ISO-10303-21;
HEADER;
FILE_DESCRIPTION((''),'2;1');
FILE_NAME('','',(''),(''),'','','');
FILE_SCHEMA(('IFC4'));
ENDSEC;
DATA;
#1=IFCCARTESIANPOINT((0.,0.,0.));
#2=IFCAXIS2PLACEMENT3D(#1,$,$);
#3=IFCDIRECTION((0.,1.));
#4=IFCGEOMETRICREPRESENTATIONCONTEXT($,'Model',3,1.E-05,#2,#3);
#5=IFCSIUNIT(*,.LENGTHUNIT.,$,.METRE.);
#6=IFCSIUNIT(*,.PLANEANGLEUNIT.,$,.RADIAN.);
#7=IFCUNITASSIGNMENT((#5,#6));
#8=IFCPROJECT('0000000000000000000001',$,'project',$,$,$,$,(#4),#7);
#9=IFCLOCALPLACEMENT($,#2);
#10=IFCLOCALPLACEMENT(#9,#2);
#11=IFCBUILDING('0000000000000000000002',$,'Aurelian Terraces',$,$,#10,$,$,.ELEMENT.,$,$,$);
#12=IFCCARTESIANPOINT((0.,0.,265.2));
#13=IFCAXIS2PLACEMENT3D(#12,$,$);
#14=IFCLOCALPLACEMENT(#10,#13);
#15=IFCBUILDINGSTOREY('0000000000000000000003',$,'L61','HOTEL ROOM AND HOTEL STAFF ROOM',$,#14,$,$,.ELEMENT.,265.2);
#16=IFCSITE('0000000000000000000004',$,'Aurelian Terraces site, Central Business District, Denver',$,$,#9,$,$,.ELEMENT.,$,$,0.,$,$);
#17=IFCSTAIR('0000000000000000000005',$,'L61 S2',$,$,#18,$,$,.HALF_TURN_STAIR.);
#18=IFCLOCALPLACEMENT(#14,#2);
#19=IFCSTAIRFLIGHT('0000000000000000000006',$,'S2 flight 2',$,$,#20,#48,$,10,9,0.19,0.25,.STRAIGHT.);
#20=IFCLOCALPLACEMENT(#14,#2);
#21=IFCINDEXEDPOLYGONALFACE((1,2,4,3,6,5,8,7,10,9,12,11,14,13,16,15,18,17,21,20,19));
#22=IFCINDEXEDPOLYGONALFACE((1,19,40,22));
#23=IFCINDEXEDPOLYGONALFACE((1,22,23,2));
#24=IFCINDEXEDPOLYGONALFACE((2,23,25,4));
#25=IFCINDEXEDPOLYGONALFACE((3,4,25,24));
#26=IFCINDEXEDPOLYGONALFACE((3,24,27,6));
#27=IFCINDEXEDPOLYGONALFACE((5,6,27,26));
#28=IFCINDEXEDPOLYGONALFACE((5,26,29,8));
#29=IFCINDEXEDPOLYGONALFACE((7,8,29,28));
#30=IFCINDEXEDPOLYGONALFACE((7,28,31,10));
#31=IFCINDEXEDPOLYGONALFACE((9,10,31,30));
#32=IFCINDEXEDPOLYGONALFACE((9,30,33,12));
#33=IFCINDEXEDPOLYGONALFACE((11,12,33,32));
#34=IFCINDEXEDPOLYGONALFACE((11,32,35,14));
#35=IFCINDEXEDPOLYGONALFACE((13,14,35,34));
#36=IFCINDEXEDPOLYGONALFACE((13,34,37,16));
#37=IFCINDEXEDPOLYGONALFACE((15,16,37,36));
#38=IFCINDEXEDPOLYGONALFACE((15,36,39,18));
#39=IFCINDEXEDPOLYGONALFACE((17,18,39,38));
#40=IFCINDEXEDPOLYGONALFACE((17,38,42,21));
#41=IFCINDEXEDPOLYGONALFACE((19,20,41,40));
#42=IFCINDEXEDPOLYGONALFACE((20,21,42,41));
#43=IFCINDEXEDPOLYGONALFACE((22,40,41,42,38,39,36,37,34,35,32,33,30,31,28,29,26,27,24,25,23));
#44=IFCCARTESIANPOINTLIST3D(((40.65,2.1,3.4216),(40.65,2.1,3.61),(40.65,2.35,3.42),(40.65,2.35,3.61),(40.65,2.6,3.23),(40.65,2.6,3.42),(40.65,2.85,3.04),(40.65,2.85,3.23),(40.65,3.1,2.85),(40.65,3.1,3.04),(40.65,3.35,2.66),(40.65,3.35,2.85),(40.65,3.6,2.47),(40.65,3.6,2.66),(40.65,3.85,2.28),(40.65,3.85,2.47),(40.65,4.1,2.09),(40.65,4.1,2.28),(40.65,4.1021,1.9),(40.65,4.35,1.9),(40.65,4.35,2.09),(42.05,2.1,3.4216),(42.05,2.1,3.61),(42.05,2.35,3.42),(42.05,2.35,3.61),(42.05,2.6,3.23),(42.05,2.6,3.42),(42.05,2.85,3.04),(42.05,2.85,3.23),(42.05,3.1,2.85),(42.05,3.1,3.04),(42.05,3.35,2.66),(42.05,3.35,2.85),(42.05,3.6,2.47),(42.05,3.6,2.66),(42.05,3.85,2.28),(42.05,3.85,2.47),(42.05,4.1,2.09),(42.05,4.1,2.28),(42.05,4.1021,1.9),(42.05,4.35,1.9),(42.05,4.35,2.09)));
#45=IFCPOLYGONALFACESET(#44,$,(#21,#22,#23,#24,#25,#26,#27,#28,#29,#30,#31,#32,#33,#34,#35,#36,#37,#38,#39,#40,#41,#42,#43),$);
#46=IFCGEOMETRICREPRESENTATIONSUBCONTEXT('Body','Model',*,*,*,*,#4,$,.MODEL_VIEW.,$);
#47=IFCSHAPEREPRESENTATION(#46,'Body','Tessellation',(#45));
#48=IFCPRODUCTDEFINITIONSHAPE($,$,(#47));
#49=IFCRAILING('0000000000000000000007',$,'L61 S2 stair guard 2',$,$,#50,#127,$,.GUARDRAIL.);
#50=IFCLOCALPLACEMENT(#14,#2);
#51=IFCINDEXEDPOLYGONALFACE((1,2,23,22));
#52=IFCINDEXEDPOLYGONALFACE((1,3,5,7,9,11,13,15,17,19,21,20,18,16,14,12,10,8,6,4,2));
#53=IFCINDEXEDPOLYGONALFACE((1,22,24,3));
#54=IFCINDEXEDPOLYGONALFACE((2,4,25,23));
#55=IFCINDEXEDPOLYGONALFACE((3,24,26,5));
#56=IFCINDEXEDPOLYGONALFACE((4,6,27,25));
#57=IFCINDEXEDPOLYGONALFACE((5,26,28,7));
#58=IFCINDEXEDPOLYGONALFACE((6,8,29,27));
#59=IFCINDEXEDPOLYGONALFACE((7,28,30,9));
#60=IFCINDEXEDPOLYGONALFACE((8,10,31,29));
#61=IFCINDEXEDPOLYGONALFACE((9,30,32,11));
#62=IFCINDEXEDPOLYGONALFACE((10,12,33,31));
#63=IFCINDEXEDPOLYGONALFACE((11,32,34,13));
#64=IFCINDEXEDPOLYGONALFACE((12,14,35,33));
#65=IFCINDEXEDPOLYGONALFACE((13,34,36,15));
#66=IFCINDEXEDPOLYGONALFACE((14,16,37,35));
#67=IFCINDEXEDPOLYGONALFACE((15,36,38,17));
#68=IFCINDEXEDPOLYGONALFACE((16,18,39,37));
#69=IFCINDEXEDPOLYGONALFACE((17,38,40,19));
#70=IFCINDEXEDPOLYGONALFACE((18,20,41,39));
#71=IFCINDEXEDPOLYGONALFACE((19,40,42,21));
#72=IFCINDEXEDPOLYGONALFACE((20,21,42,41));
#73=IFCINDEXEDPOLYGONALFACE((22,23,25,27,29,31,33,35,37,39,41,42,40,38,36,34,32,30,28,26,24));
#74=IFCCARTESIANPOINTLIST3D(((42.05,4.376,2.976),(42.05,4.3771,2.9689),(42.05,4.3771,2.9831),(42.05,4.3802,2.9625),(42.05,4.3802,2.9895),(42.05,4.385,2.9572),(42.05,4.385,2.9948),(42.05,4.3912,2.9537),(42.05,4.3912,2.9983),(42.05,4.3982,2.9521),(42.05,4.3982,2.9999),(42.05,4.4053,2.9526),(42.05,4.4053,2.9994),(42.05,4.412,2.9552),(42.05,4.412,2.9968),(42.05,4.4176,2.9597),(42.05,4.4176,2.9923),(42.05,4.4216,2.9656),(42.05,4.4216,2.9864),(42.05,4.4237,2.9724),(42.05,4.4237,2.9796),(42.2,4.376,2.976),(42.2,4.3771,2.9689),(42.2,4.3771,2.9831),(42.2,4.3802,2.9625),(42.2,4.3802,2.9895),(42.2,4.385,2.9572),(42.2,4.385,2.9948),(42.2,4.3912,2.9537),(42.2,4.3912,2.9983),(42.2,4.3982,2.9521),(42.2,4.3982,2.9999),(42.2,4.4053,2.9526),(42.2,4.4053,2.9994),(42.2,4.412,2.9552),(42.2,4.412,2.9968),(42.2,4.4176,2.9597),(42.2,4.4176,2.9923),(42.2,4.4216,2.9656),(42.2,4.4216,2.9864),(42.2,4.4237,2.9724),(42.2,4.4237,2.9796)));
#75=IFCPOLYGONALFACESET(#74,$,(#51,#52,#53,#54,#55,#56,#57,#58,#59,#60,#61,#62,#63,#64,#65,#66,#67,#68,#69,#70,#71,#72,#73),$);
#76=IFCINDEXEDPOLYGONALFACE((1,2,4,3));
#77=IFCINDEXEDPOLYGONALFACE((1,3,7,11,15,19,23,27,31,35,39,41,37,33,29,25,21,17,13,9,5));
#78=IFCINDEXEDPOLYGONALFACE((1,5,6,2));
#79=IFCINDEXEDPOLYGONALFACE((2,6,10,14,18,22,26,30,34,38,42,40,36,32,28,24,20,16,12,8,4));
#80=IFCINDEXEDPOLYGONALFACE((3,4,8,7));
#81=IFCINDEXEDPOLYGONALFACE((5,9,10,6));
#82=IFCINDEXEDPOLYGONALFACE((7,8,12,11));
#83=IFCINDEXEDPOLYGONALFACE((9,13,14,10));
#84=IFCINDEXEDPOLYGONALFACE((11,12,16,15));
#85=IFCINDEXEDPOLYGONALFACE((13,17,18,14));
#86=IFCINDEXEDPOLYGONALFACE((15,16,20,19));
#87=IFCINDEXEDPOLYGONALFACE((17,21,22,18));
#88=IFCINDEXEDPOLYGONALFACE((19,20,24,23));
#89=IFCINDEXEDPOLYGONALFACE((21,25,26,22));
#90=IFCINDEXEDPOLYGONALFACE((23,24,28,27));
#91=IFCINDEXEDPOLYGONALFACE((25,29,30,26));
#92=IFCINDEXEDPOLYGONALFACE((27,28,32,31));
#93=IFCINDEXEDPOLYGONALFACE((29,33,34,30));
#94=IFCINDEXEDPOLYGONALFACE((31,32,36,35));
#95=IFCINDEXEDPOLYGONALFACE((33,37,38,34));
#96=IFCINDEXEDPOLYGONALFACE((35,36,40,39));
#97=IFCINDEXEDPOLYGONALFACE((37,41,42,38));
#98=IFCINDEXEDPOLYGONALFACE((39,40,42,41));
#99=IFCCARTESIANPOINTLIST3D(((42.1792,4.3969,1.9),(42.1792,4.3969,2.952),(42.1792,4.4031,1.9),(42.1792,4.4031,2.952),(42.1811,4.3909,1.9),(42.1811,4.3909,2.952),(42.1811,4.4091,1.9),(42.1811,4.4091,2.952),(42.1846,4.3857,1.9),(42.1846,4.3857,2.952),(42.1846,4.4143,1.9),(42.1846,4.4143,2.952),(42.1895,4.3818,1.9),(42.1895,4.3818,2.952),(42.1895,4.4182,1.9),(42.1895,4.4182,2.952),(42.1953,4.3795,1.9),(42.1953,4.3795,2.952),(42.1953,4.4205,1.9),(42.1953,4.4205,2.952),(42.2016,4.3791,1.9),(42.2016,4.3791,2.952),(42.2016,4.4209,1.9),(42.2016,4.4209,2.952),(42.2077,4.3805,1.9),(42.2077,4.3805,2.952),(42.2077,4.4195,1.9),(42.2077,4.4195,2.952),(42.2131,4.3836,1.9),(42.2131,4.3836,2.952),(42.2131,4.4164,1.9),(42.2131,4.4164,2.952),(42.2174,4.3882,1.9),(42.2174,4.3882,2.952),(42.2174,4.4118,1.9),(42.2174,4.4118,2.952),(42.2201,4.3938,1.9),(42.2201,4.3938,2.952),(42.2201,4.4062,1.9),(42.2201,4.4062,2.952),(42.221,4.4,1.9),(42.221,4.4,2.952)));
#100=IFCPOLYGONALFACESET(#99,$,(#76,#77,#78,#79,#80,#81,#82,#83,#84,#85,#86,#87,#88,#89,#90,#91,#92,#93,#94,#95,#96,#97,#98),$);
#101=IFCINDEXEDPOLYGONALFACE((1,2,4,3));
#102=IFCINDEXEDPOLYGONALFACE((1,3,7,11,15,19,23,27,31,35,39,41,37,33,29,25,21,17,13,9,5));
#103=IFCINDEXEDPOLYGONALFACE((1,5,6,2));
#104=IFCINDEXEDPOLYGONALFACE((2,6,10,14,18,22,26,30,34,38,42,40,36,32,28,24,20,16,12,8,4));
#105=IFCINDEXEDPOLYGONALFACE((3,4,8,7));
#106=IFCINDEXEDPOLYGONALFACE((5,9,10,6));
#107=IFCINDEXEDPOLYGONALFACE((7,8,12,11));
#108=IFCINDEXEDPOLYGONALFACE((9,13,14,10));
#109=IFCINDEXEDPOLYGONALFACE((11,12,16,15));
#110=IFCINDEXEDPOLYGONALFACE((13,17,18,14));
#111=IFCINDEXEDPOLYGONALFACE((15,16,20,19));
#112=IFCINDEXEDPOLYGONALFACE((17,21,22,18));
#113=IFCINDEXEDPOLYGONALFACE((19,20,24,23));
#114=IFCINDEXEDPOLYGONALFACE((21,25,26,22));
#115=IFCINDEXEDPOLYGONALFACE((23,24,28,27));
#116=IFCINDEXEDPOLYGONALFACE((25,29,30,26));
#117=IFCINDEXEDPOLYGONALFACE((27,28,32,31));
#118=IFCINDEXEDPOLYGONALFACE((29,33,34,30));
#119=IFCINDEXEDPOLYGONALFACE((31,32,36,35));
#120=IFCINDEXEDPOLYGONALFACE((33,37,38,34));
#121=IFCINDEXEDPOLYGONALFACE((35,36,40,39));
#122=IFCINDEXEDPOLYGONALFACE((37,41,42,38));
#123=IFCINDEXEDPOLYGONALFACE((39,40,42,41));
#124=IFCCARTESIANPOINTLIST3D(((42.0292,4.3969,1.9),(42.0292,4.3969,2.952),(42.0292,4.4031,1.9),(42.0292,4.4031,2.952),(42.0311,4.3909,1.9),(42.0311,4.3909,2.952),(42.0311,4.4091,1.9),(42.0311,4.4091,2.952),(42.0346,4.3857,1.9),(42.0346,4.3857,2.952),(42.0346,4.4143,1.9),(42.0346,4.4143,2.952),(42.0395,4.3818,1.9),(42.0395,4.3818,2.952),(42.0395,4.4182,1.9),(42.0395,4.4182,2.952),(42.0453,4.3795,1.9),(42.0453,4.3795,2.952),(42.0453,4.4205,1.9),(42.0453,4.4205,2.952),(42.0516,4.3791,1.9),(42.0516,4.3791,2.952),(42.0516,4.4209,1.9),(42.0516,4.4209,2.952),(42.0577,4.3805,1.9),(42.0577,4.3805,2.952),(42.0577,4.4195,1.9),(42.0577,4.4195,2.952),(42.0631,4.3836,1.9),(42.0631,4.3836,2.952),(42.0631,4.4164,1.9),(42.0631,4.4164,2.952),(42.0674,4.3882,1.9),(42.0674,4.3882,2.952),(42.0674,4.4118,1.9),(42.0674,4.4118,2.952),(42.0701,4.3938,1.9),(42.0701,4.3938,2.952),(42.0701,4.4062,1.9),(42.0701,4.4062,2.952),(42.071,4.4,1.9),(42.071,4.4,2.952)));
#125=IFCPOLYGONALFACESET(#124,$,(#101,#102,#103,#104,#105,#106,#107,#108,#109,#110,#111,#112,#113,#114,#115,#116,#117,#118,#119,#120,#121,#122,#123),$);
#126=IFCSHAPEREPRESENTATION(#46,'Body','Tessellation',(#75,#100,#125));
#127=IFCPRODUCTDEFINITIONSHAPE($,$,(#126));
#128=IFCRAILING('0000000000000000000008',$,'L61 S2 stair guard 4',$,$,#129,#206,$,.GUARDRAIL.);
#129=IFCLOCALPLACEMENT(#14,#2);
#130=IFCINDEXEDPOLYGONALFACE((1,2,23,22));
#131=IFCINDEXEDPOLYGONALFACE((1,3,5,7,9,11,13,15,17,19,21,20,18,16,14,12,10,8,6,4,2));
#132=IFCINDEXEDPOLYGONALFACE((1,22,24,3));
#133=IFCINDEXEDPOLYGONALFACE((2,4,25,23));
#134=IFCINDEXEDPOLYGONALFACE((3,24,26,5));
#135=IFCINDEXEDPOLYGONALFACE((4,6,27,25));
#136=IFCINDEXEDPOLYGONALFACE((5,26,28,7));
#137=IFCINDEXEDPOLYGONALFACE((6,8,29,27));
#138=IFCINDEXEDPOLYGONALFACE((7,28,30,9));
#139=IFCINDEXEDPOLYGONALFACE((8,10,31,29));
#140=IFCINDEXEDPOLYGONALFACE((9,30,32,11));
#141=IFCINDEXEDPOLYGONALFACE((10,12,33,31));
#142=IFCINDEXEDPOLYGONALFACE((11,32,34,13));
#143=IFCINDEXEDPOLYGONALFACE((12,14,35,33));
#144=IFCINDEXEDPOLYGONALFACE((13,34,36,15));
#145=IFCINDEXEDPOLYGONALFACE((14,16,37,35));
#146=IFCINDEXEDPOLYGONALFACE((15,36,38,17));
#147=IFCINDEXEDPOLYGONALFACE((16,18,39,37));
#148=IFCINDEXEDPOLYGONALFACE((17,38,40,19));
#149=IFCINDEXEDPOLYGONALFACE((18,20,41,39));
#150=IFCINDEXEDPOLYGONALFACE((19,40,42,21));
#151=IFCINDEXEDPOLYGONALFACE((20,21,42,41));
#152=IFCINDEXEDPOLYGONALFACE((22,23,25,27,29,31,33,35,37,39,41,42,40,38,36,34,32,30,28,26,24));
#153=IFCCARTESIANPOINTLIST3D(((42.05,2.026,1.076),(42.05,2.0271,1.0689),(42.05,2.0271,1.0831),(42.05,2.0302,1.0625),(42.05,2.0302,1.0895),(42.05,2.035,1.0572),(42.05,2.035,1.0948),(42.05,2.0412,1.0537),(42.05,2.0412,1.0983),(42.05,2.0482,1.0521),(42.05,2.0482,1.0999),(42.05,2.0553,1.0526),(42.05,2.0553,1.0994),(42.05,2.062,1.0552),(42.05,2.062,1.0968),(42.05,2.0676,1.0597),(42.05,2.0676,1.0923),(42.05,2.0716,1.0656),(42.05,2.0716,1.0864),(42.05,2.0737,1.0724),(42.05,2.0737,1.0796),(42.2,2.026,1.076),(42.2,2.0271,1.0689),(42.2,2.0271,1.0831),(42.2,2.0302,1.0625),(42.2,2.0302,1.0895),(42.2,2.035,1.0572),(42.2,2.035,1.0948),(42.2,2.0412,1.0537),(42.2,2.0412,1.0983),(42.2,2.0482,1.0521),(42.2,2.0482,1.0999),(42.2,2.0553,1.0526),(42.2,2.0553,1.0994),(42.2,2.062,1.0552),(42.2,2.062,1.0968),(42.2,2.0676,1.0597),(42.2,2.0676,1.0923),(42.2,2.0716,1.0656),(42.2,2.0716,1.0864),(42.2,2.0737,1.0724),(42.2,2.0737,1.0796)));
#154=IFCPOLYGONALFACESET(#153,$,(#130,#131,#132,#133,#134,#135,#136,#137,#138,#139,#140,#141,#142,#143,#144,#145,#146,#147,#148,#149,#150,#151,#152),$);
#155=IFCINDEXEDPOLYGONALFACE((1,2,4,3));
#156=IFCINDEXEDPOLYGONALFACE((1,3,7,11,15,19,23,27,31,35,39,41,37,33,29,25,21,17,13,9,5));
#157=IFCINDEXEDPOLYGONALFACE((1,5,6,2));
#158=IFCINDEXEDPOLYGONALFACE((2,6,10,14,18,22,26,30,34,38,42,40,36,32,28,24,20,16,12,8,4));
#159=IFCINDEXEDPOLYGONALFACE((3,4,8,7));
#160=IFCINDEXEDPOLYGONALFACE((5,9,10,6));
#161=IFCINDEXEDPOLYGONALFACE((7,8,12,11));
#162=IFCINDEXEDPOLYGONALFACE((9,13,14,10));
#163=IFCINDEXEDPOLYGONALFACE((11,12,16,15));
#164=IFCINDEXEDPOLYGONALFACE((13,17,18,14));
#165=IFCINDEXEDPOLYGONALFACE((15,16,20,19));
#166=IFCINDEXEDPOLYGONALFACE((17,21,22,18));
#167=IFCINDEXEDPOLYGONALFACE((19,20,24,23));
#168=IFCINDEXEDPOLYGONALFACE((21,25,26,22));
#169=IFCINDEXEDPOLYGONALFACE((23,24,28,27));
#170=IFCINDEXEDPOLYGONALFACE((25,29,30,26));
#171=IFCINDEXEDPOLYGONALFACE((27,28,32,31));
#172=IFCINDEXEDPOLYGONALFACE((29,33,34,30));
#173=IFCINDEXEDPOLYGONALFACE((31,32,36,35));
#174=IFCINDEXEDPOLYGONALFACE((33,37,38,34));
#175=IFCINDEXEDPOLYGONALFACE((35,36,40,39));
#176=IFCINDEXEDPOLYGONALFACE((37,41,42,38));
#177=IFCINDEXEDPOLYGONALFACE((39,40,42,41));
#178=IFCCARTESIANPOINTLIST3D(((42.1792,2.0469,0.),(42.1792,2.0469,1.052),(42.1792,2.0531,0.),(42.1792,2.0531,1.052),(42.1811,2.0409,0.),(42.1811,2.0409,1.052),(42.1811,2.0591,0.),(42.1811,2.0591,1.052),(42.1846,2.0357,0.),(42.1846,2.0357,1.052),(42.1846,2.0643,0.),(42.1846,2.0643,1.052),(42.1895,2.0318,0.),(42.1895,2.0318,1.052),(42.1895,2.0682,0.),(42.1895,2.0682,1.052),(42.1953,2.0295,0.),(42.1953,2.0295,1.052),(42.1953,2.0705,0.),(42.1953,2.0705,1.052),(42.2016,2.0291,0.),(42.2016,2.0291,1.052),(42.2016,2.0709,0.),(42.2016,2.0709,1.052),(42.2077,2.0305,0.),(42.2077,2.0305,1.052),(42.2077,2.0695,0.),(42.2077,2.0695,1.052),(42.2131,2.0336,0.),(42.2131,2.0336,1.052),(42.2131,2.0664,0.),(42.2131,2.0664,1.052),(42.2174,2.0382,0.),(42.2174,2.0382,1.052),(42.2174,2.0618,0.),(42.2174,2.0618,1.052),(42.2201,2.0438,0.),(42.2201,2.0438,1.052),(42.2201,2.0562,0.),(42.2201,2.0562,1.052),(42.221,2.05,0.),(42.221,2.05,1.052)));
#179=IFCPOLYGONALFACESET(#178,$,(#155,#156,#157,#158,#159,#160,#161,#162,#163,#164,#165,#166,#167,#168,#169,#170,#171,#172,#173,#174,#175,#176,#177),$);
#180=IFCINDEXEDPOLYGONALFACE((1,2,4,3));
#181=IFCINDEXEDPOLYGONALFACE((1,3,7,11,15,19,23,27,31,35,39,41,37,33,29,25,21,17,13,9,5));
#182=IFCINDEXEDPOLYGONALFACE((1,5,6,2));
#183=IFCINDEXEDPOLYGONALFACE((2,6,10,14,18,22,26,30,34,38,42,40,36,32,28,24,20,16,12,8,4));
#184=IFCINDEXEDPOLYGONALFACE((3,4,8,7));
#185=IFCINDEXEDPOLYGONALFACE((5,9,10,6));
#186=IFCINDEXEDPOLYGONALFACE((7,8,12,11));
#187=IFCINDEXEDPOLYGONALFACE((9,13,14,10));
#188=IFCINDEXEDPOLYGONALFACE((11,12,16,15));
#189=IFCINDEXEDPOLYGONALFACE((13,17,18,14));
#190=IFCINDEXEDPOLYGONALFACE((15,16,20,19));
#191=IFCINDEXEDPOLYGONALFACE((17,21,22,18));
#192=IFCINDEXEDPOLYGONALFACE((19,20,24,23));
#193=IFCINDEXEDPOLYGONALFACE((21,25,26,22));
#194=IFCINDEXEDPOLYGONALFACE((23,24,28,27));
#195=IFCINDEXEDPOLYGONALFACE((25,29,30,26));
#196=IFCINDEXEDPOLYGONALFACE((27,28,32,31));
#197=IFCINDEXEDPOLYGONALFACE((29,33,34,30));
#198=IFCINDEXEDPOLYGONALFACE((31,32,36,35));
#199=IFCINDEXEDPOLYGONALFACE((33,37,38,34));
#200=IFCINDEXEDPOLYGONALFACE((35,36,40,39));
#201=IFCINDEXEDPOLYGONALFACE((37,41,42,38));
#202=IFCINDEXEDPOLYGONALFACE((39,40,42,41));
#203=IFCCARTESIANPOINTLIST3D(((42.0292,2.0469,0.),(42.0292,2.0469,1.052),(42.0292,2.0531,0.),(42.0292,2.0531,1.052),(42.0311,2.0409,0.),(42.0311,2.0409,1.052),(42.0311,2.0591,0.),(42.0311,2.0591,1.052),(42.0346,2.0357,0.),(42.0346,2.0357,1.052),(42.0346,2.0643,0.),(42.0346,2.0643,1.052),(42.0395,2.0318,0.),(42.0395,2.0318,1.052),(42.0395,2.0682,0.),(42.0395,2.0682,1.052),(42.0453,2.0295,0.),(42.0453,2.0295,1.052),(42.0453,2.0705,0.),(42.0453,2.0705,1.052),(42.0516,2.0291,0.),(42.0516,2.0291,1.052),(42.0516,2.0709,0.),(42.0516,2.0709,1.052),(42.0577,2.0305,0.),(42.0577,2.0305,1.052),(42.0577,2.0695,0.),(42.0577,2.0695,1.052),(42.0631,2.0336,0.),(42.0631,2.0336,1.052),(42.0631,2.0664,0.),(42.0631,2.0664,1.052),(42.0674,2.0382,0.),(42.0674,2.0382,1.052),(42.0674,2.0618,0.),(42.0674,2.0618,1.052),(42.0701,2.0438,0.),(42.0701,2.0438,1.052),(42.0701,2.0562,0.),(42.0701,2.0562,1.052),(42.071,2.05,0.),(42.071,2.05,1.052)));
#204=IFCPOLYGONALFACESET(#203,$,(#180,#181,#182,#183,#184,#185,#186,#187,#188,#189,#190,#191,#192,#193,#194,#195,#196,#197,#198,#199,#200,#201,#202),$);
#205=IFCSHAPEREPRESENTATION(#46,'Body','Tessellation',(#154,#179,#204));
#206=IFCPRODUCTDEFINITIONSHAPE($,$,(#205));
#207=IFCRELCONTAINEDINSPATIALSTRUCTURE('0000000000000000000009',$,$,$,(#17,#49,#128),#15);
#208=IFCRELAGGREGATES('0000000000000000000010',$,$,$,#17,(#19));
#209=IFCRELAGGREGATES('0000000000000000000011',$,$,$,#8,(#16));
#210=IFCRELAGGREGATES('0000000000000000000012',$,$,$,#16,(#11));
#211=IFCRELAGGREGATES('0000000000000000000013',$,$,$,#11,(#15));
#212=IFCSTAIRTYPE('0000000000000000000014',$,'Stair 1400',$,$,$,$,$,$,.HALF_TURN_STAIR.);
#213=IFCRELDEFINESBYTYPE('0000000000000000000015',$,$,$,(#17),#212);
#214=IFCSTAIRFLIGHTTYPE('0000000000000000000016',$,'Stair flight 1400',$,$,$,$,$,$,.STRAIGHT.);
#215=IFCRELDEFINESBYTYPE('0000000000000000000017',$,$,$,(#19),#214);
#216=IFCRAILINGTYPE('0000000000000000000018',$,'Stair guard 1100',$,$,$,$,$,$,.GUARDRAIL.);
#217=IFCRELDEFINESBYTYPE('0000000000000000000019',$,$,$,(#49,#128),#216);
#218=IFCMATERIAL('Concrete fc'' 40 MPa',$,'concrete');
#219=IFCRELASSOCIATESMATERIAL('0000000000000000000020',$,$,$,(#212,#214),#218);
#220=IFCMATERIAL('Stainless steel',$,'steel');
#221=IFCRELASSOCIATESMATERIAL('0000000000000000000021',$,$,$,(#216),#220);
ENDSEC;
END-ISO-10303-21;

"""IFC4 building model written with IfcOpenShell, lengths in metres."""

from ifc_helpers import new_model, si_unit, direction, frame, origin, origin_2d, place, context, subcontext, project, spatial, polyline, circle, outline, extrude, source, transform, mapped, material, type_object, element, aggregate, save


model = new_model("IFC4")

# Units and contexts
model_context = context("Model", 3, precision=1e-05, world=origin(), true_north=direction((0.0, 1.0)))
body_context = subcontext(model_context, "Body", "Model", "MODEL_VIEW")
ifc_project = project(units=[si_unit("LENGTHUNIT", "METRE"), si_unit("PLANEANGLEUNIT", "RADIAN")], contexts=[model_context])

# Site, building, storey
site_placement = place(None, origin())
site = spatial("IfcSite", under=ifc_project, at=site_placement, Name="Aurelian Terraces site, Central Business District, Denver", CompositionType="ELEMENT", RefElevation=0.0)
building_placement = place(site_placement, origin())
building = spatial("IfcBuilding", under=site, at=building_placement, Name="Aurelian Terraces", CompositionType="ELEMENT")
storey_placement = place(building_placement, frame((0.0, 0.0, 265.2)))
storey = spatial("IfcBuildingStorey", under=building, at=storey_placement, Name="L61", Description="HOTEL ROOM AND HOTEL STAFF ROOM", CompositionType="ELEMENT", Elevation=265.2)

# Shared definitions
ifc_material_1 = material(Name="Concrete fc' 40 MPa", Category="concrete")

# Stair, stair flight
stair_type = type_object("IfcStairType", Name="Stair 1400", PredefinedType="HALF_TURN_STAIR", material=ifc_material_1)
stair_placement = place(storey_placement, origin())
stair = element("IfcStair", 1, at=stair_placement, inside=storey, type_object=stair_type, Name="L61 S2", PredefinedType="HALF_TURN_STAIR")
stair_flight_type = type_object("IfcStairFlightType", Name="Stair flight 1400", PredefinedType="STRAIGHT", material=ifc_material_1)
shared_shape_1 = source(origin(), body_context, "Body", "SweptSolid", [
    extrude(outline(polyline([(0.0, 0.0), (0.0, 0.19), (0.25, 0.19), (0.25, 0.38), (0.5, 0.38), (0.5, 0.57), (0.75, 0.57), (0.75, 0.76), (1.0, 0.76), (1.0, 0.95), (1.25, 0.95), (1.25, 1.14), (1.5, 1.14), (1.5, 1.33), (1.75, 1.33), (1.75, 1.52), (2.0, 1.52), (2.0, 1.71), (2.25, 1.71), (2.25, 1.9), (2.25, 1.5216), (0.2479, 0.0), (0.0, 0.0)])), frame((0.0, 0.7, 0.0), z_axis=(0.0, -1.0, 0.0), x_axis=(1.0, 0.0, 0.0)), (0.0, 0.0, 1.0), 1.4),
])
stair_flight_1_placement = place(storey_placement, frame((41.35, 4.35, 1.9), z_axis=(0.0, 0.0, 1.0), x_axis=(0.0, -1.0, 0.0)))
stair_flight_1 = element("IfcStairFlight", 2, at=stair_flight_1_placement, type_object=stair_flight_type, Name="S2 flight 2", NumberOfRisers=10, NumberOfTreads=9, PredefinedType="STRAIGHT", RiserHeight=0.19, TreadLength=0.25, context=body_context, shape_type="MappedRepresentation", body=[
    mapped(shared_shape_1, transform((0.0, 0.0, 0.0), scale=1.0)),
])
aggregate(stair, [stair_flight_1])

# Railings
ifc_material_2 = material(Name="Stainless steel", Category="steel")
railing_type_1 = type_object("IfcRailingType", Name="Stair guard 1100", PredefinedType="GUARDRAIL", material=ifc_material_2)
shared_shape_2 = source(origin(), body_context, "Body", "SweptSolid", [
    extrude(circle(Radius=0.024, at=origin_2d()), frame((0.0, 0.0, 1.076), z_axis=(-1.0, 0.0, 0.0), x_axis=(0.0, -1.0, 0.0)), (0.0, 0.0, 1.0), 0.15),
    extrude(circle(Radius=0.021, at=origin_2d()), origin(), (0.0, 0.0, 1.0), 1.052),
    extrude(circle(Radius=0.021, at=origin_2d()), frame((-0.15, 0.0, 0.0)), (0.0, 0.0, 1.0), 1.052),
])
for number, where, name in (
    (3, (42.2, 4.4, 1.9), "L61 S2 stair guard 2"),
    (4, (42.2, 2.05, 0.0), "L61 S2 stair guard 4"),
):
    element("IfcRailing", number, at=place(storey_placement, frame(where)), inside=storey, type_object=railing_type_1, Name=name, PredefinedType="GUARDRAIL", context=body_context, shape_type="MappedRepresentation", body=[
        mapped(shared_shape_2, transform((0.0, 0.0, 0.0), scale=1.0)),
    ])

save(model, "model.ifc")
